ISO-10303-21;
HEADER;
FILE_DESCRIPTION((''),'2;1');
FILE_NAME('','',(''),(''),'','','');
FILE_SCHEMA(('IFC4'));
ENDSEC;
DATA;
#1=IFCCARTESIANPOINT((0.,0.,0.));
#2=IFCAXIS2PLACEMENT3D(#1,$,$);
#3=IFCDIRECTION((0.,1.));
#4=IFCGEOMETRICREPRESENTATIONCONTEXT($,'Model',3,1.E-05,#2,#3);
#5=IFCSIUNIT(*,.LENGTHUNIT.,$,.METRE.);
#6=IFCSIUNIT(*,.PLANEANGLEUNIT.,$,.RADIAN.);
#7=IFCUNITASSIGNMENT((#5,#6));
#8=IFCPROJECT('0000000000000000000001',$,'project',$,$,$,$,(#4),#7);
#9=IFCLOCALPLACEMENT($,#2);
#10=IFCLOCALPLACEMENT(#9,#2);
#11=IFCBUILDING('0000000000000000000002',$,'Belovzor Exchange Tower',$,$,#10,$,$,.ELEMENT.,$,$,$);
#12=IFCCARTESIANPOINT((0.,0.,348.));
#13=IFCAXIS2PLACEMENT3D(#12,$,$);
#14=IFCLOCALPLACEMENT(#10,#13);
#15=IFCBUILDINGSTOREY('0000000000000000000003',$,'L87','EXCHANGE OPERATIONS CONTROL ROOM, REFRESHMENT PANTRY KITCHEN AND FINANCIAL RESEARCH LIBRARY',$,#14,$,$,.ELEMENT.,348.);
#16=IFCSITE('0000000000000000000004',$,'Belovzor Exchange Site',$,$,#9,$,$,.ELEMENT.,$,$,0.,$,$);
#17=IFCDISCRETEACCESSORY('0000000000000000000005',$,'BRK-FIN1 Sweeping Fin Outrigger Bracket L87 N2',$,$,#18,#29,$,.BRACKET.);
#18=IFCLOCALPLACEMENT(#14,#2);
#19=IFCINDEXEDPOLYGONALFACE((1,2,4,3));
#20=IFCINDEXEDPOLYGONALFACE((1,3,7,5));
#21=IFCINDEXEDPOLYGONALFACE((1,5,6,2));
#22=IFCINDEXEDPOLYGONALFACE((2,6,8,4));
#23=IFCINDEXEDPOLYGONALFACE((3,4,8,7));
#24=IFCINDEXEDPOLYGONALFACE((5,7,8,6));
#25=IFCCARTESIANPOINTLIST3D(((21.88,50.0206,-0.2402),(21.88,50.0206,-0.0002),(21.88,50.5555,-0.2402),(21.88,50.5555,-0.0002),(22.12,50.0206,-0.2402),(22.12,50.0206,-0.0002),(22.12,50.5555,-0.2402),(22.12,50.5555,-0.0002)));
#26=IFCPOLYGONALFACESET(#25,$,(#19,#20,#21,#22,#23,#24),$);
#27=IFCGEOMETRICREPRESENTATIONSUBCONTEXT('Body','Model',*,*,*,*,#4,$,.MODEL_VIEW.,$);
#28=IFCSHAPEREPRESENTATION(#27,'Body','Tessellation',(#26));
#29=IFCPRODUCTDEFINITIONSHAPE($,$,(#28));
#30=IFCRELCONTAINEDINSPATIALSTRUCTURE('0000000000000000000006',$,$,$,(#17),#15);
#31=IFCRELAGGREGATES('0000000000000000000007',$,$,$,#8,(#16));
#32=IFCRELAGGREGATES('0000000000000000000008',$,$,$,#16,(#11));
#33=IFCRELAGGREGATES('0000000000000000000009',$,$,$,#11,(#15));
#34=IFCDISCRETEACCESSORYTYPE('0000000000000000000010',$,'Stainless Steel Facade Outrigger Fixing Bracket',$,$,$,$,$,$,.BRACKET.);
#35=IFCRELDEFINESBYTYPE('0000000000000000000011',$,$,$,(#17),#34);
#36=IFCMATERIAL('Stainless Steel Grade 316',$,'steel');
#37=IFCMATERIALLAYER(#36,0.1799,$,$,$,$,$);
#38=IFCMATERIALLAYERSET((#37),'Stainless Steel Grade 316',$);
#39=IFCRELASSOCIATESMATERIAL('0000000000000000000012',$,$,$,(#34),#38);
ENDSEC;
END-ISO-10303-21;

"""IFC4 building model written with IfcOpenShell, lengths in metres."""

from ifc_helpers import new_model, si_unit, direction, frame, origin, origin_2d, place, context, subcontext, project, spatial, rectangle, extrude, material, layer, layer_set, type_object, element, save


model = new_model("IFC4")

# Units and contexts
model_context = context("Model", 3, precision=1e-05, world=origin(), true_north=direction((0.0, 1.0)))
body_context = subcontext(model_context, "Body", "Model", "MODEL_VIEW")
ifc_project = project(units=[si_unit("LENGTHUNIT", "METRE"), si_unit("PLANEANGLEUNIT", "RADIAN")], contexts=[model_context])

# Site, building, storey
site_placement = place(None, origin())
site = spatial("IfcSite", under=ifc_project, at=site_placement, Name="Belovzor Exchange Site", CompositionType="ELEMENT", RefElevation=0.0)
building_placement = place(site_placement, origin())
building = spatial("IfcBuilding", under=site, at=building_placement, Name="Belovzor Exchange Tower", CompositionType="ELEMENT")
storey_placement = place(building_placement, frame((0.0, 0.0, 348.0)))
storey = spatial("IfcBuildingStorey", under=building, at=storey_placement, Name="L87", Description="EXCHANGE OPERATIONS CONTROL ROOM, REFRESHMENT PANTRY KITCHEN AND FINANCIAL RESEARCH LIBRARY", CompositionType="ELEMENT", Elevation=348.0)

# Discrete accessory
ifc_material_1 = material(Name="Stainless Steel Grade 316", Category="steel")
ifc_layer_1 = layer(ifc_material_1, 0.1799)
ifc_layer_set_1 = layer_set([ifc_layer_1], Name="Stainless Steel Grade 316")
discrete_accessory_type = type_object("IfcDiscreteAccessoryType", Name="Stainless Steel Facade Outrigger Fixing Bracket", PredefinedType="BRACKET", material=ifc_layer_set_1)
discrete_accessory_placement = place(storey_placement, frame((22.0, 50.2881, -0.2402), z_axis=(0.0, 0.0, 1.0), x_axis=(0.0, 1.0, 0.0)))
element("IfcDiscreteAccessory", 1, at=discrete_accessory_placement, inside=storey, type_object=discrete_accessory_type, Name="BRK-FIN1 Sweeping Fin Outrigger Bracket L87 N2", PredefinedType="BRACKET", context=body_context, shape_type="SweptSolid", body=[
    extrude(rectangle(XDim=0.5349, YDim=0.24, at=origin_2d()), origin(), (0.0, 0.0, 1.0), 0.24),
])

save(model, "model.ifc")
